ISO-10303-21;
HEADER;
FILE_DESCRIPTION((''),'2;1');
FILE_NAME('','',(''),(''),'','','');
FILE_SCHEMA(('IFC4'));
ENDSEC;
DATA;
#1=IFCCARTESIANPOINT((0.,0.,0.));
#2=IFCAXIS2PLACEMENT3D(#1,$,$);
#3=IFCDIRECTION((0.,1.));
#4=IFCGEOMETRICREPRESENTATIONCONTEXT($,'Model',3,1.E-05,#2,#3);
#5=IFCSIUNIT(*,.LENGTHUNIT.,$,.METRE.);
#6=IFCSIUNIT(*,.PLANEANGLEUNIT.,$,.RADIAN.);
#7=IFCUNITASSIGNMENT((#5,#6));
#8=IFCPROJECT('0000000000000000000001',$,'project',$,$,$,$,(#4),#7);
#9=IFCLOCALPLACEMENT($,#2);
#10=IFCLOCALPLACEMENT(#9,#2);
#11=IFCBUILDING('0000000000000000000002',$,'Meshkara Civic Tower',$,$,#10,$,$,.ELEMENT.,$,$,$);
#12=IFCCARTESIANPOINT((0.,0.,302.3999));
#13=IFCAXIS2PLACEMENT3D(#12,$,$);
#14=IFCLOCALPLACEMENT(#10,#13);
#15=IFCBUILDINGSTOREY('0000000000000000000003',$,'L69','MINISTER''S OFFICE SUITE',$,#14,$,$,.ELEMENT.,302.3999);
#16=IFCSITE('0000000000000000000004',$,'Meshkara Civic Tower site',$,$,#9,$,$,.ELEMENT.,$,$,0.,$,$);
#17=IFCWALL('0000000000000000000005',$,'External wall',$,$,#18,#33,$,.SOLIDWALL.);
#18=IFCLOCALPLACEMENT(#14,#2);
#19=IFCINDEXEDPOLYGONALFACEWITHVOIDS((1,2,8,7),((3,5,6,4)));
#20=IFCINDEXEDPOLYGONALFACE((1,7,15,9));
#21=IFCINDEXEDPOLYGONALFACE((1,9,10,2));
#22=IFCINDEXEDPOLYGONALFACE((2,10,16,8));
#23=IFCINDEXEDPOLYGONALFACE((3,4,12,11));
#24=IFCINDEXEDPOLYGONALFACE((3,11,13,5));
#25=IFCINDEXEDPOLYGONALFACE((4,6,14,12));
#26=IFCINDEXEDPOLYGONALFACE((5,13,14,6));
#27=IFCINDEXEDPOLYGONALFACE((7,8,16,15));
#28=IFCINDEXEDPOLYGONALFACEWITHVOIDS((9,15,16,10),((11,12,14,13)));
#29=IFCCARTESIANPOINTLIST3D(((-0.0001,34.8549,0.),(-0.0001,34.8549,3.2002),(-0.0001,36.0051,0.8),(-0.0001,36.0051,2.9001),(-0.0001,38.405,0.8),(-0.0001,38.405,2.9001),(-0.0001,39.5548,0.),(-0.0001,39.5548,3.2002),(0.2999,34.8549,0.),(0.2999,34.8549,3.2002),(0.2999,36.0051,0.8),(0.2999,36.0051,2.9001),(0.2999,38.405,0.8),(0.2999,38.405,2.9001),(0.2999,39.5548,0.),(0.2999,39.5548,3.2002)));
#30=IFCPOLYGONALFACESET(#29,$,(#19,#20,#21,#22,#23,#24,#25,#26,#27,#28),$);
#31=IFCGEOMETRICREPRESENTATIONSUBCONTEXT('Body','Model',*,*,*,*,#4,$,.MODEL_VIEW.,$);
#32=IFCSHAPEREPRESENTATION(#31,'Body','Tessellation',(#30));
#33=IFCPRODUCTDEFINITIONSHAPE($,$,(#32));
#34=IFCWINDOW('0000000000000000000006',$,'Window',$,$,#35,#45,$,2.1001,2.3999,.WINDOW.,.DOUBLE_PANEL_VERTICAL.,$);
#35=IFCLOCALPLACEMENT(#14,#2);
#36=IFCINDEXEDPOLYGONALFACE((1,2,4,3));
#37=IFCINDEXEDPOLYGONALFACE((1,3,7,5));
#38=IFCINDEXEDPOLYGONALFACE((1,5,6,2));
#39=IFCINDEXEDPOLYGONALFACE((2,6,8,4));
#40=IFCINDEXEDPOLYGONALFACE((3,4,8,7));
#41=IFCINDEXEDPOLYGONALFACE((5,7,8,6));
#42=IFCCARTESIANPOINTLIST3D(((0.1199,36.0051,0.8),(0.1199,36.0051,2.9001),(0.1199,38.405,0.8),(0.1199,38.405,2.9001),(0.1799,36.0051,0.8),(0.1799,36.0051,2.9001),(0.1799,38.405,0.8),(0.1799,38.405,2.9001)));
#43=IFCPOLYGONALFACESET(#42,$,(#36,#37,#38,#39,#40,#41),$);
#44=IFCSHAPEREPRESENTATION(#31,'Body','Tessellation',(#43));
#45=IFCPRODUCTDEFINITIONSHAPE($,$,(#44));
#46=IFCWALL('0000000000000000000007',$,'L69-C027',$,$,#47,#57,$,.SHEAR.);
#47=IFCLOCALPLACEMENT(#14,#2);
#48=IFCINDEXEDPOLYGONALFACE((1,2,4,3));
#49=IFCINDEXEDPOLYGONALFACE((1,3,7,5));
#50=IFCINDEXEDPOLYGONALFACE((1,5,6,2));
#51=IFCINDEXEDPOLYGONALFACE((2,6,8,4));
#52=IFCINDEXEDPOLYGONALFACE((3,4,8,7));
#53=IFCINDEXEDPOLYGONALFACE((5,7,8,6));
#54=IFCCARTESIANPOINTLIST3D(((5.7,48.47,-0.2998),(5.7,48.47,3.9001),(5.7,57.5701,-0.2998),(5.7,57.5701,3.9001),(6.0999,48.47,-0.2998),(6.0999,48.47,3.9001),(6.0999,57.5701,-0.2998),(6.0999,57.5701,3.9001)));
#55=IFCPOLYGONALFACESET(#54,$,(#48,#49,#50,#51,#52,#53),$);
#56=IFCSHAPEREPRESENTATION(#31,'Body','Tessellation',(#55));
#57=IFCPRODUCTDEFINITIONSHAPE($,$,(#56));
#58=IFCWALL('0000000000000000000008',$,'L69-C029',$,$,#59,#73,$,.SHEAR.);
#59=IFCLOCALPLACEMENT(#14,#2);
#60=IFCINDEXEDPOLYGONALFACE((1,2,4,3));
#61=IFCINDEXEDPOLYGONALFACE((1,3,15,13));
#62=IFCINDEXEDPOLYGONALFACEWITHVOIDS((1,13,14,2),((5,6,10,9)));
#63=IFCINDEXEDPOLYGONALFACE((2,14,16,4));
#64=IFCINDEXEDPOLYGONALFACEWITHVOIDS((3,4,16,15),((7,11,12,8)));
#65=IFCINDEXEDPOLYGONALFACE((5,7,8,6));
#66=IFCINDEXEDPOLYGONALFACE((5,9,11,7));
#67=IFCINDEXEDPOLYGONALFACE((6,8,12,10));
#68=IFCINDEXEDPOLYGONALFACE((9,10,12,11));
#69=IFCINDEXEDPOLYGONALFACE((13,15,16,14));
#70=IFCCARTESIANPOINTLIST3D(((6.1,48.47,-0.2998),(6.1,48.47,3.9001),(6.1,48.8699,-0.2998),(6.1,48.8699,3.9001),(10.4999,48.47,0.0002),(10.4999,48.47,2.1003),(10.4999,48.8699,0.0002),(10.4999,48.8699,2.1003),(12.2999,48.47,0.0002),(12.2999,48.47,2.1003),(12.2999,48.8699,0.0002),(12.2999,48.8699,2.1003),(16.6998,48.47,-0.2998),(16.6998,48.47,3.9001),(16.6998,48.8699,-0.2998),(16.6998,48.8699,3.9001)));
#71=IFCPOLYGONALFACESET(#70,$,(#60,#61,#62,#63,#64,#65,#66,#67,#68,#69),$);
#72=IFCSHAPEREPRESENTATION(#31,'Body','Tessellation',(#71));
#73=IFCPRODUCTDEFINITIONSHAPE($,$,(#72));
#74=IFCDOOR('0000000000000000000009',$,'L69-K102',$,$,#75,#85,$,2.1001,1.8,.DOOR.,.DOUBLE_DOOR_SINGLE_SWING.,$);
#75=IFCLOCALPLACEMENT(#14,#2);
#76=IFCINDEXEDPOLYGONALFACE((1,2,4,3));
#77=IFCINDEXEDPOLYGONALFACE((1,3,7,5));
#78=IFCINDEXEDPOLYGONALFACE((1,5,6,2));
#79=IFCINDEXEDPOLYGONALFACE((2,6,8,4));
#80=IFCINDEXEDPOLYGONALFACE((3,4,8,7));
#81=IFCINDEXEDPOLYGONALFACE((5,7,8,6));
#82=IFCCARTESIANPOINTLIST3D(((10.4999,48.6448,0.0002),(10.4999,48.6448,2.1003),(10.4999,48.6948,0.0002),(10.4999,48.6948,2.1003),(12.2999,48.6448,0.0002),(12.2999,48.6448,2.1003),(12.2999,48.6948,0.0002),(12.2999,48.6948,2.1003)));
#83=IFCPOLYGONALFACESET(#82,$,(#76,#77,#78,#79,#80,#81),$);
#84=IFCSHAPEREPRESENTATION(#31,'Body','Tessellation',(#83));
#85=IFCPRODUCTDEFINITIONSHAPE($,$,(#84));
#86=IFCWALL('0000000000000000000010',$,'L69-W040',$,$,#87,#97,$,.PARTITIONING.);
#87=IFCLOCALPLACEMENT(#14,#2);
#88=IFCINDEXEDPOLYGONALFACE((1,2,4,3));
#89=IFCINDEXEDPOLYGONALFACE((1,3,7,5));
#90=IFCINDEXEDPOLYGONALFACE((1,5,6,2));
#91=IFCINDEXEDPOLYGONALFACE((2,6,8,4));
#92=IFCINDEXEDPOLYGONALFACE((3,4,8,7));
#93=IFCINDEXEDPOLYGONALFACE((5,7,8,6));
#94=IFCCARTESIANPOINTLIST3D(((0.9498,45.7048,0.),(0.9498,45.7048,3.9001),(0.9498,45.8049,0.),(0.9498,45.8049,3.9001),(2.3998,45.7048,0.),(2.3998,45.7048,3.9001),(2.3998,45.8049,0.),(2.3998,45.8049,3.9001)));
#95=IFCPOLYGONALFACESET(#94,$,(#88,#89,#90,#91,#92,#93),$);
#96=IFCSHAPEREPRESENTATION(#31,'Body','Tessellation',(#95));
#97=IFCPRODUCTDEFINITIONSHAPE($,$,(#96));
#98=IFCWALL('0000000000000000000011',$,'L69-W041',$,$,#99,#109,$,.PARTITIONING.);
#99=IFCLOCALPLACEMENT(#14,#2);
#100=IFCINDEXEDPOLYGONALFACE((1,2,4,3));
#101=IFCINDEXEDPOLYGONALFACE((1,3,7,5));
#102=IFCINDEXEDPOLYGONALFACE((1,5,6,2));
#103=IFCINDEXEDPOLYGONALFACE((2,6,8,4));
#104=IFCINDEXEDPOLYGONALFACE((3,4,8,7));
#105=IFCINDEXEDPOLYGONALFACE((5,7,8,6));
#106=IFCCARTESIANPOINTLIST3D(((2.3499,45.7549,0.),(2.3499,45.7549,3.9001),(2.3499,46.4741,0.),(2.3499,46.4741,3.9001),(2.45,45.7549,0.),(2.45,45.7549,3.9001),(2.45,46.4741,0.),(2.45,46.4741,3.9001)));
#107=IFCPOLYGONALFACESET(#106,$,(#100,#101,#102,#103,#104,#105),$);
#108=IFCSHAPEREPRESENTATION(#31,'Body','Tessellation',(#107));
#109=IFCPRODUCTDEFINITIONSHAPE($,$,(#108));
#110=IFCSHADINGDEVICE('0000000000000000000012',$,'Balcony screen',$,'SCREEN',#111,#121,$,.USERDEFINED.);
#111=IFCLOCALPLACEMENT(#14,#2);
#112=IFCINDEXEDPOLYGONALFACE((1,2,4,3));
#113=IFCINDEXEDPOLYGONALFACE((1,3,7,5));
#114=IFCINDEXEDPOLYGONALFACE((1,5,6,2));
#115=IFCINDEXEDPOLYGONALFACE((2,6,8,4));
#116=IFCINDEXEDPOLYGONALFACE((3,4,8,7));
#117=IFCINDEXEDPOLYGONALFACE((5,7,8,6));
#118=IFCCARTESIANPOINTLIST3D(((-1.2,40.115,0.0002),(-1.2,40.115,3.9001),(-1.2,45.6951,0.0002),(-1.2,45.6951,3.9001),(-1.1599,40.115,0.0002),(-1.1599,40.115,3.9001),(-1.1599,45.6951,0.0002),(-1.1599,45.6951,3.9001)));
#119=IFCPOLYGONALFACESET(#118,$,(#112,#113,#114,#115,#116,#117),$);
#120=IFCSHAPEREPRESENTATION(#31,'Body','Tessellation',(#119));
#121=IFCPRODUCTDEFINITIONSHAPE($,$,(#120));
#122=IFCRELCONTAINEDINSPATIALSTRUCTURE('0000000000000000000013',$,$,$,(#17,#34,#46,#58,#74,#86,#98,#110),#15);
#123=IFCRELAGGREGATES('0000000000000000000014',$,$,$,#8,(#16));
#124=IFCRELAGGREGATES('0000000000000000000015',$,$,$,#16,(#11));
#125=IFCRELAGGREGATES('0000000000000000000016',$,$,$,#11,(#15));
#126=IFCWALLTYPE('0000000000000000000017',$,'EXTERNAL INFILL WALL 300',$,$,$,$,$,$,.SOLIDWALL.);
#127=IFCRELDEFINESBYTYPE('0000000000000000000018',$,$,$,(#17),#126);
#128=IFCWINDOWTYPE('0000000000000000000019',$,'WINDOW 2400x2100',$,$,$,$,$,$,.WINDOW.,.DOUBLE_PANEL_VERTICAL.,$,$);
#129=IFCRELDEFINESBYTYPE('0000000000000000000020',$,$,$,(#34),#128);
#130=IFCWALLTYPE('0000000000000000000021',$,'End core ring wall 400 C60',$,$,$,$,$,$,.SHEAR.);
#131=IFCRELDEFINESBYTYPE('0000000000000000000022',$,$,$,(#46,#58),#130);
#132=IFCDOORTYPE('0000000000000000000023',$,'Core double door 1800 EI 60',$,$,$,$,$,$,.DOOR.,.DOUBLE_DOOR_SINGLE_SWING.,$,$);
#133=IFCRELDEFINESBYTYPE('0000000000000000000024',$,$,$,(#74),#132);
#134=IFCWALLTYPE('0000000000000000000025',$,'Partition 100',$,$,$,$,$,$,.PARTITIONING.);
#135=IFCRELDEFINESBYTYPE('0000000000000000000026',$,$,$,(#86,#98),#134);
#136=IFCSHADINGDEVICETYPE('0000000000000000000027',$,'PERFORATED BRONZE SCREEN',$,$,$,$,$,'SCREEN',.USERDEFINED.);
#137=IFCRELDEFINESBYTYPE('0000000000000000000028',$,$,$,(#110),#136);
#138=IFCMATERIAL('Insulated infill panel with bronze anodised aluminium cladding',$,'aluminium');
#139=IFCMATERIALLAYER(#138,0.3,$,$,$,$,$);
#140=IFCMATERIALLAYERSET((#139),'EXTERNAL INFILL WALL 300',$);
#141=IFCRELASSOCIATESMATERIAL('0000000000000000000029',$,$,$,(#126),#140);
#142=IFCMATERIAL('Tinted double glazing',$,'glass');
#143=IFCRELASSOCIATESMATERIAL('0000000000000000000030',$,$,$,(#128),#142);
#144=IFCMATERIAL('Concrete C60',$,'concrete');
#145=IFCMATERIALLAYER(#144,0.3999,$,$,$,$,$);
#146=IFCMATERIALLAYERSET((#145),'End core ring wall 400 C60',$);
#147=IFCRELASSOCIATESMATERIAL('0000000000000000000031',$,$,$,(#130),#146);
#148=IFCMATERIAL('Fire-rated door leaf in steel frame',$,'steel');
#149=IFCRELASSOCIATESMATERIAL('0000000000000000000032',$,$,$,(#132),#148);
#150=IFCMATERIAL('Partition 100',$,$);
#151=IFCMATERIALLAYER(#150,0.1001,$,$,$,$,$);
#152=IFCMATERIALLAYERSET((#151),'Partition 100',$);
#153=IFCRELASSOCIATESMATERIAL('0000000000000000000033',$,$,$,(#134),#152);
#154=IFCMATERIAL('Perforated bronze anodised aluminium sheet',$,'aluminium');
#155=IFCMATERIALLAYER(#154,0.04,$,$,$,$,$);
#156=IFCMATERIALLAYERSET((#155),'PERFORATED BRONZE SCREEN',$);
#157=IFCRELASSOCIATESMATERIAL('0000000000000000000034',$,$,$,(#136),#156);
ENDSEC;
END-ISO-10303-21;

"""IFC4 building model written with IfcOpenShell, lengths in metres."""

from ifc_helpers import new_model, si_unit, direction, frame, frame_2d, origin, origin_2d, place, context, subcontext, project, spatial, rectangle, extrude, material, layer, layer_set, type_object, element, fill, save


model = new_model("IFC4")

# Units and contexts
model_context = context("Model", 3, precision=1e-05, world=origin(), true_north=direction((0.0, 1.0)))
body_context = subcontext(model_context, "Body", "Model", "MODEL_VIEW")
ifc_project = project(units=[si_unit("LENGTHUNIT", "METRE"), si_unit("PLANEANGLEUNIT", "RADIAN")], contexts=[model_context])

# Site, building, storey
site_placement = place(None, origin())
site = spatial("IfcSite", under=ifc_project, at=site_placement, Name="Meshkara Civic Tower site", CompositionType="ELEMENT", RefElevation=0.0)
building_placement = place(site_placement, origin())
building = spatial("IfcBuilding", under=site, at=building_placement, Name="Meshkara Civic Tower", CompositionType="ELEMENT")
storey_placement = place(building_placement, frame((0.0, 0.0, 302.3999)))
storey = spatial("IfcBuildingStorey", under=building, at=storey_placement, Name="L69", Description="MINISTER'S OFFICE SUITE", CompositionType="ELEMENT", Elevation=302.3999)

# Wall, opening, window
ifc_material_1 = material(Name="Insulated infill panel with bronze anodised aluminium cladding", Category="aluminium")
ifc_layer_1 = layer(ifc_material_1, 0.3)
ifc_layer_set_1 = layer_set([ifc_layer_1], Name="EXTERNAL INFILL WALL 300")
wall_type_1 = type_object("IfcWallType", Name="EXTERNAL INFILL WALL 300", PredefinedType="SOLIDWALL", material=ifc_layer_set_1)
wall_1_placement = place(storey_placement, frame((0.1499, 39.5549, 0.0), z_axis=(0.0, 0.0, 1.0), x_axis=(0.0, -1.0, 0.0)))
wall_1 = element("IfcWall", 1, at=wall_1_placement, inside=storey, type_object=wall_type_1, Name="External wall", PredefinedType="SOLIDWALL", context=body_context, shape_type="SweptSolid", body=[
    extrude(rectangle(XDim=4.7, YDim=0.3, at=frame_2d((2.3501, 0.0))), origin(), (0.0, 0.0, 1.0), 3.2002),
])
opening_1_placement = place(wall_1_placement, frame((1.1499, 0.0, 0.8)))
opening_1 = element("IfcOpeningElement", 2, at=opening_1_placement, cuts=wall_1, PredefinedType="OPENING", context=body_context, shape_type="SweptSolid", body=[
    extrude(rectangle(XDim=2.3999, YDim=2.1001, at=frame_2d((1.2, 1.05))), frame((0.0, 0.1599, 0.0), z_axis=(0.0, -1.0, 0.0), x_axis=(1.0, 0.0, 0.0)), (0.0, 0.0, 1.0), 0.3201),
])
ifc_material_2 = material(Name="Tinted double glazing", Category="glass")
window_type = type_object("IfcWindowType", Name="WINDOW 2400x2100", PartitioningType="DOUBLE_PANEL_VERTICAL", PredefinedType="WINDOW", material=ifc_material_2)
window_placement = place(opening_1_placement, origin())
window = element("IfcWindow", 3, at=window_placement, inside=storey, type_object=window_type, Name="Window", OverallHeight=2.1001, OverallWidth=2.3999, PartitioningType="DOUBLE_PANEL_VERTICAL", PredefinedType="WINDOW", context=body_context, shape_type="SweptSolid", body=[
    extrude(rectangle(XDim=2.3999, YDim=2.1001, at=frame_2d((1.2, 1.05))), frame((0.0, 0.03, 0.0), z_axis=(0.0, -1.0, 0.0), x_axis=(1.0, 0.0, 0.0)), (0.0, 0.0, 1.0), 0.0601),
])
fill(opening_1, window)

# Wall
ifc_material_3 = material(Name="Concrete C60", Category="concrete")
ifc_layer_2 = layer(ifc_material_3, 0.3999)
ifc_layer_set_2 = layer_set([ifc_layer_2], Name="End core ring wall 400 C60")
wall_type_2 = type_object("IfcWallType", Name="End core ring wall 400 C60", PredefinedType="SHEAR", material=ifc_layer_set_2)
wall_2_placement = place(storey_placement, frame((5.8999, 48.47, -0.2998), z_axis=(0.0, 0.0, 1.0), x_axis=(0.0, 1.0, 0.0)))
element("IfcWall", 4, at=wall_2_placement, inside=storey, type_object=wall_type_2, Name="L69-C027", PredefinedType="SHEAR", context=body_context, shape_type="SweptSolid", body=[
    extrude(rectangle(XDim=9.1001, YDim=0.3999, at=frame_2d((4.55, 0.0))), origin(), (0.0, 0.0, 1.0), 4.2),
])

# Wall, opening, door
wall_3_placement = place(storey_placement, frame((6.1001, 48.6699, -0.2998), z_axis=(0.0, 0.0, 1.0), x_axis=(1.0, 0.0, 0.0)))
wall_3 = element("IfcWall", 5, at=wall_3_placement, inside=storey, type_object=wall_type_2, Name="L69-C029", PredefinedType="SHEAR", context=body_context, shape_type="SweptSolid", body=[
    extrude(rectangle(XDim=10.5999, YDim=0.3999, at=frame_2d((5.2998, 0.0))), origin(), (0.0, 0.0, 1.0), 4.2),
])
opening_2_placement = place(wall_3_placement, frame((4.3999, 0.0, 0.3)))
opening_2 = element("IfcOpeningElement", 6, at=opening_2_placement, cuts=wall_3, PredefinedType="OPENING", context=body_context, shape_type="SweptSolid", body=[
    extrude(rectangle(XDim=1.8, YDim=2.1001, at=frame_2d((0.8999, 1.05))), frame((0.0, 0.21, 0.0), z_axis=(0.0, -1.0, 0.0), x_axis=(1.0, 0.0, 0.0)), (0.0, 0.0, 1.0), 0.4199),
])
ifc_material_4 = material(Name="Fire-rated door leaf in steel frame", Category="steel")
door_type_1 = type_object("IfcDoorType", Name="Core double door 1800 EI 60", OperationType="DOUBLE_DOOR_SINGLE_SWING", PredefinedType="DOOR", material=ifc_material_4)
door_1_placement = place(opening_2_placement, origin())
door_1 = element("IfcDoor", 7, at=door_1_placement, inside=storey, type_object=door_type_1, Name="L69-K102", OperationType="DOUBLE_DOOR_SINGLE_SWING", OverallHeight=2.1001, OverallWidth=1.8, PredefinedType="DOOR", context=body_context, shape_type="SweptSolid", body=[
    extrude(rectangle(XDim=1.8, YDim=2.1001, at=frame_2d((0.8999, 1.05))), frame((0.0, 0.0249, 0.0), z_axis=(0.0, -1.0, 0.0), x_axis=(1.0, 0.0, 0.0)), (0.0, 0.0, 1.0), 0.05),
])
fill(opening_2, door_1)

# Walls
ifc_material_5 = material(Name="Partition 100")
ifc_layer_3 = layer(ifc_material_5, 0.1001)
ifc_layer_set_3 = layer_set([ifc_layer_3], Name="Partition 100")
wall_type_3 = type_object("IfcWallType", Name="Partition 100", PredefinedType="PARTITIONING", material=ifc_layer_set_3)
wall_4_placement = place(storey_placement, frame((2.3999, 45.7549, 0.0), z_axis=(0.0, 0.0, 1.0), x_axis=(-1.0, 0.0, 0.0)))
element("IfcWall", 8, at=wall_4_placement, inside=storey, type_object=wall_type_3, Name="L69-W040", PredefinedType="PARTITIONING", context=body_context, shape_type="SweptSolid", body=[
    extrude(rectangle(XDim=1.45, YDim=0.1001, at=frame_2d((0.7251, 0.0))), origin(), (0.0, 0.0, 1.0), 3.9001),
])
wall_5_placement = place(storey_placement, frame((2.3999, 46.4741, 0.0), z_axis=(0.0, 0.0, 1.0), x_axis=(0.0, -1.0, 0.0)))
element("IfcWall", 9, at=wall_5_placement, inside=storey, type_object=wall_type_3, Name="L69-W041", PredefinedType="PARTITIONING", context=body_context, shape_type="SweptSolid", body=[
    extrude(rectangle(XDim=0.7192, YDim=0.1001, at=frame_2d((0.3596, 0.0))), origin(), (0.0, 0.0, 1.0), 3.9001),
])

# Shading device
ifc_material_6 = material(Name="Perforated bronze anodised aluminium sheet", Category="aluminium")
ifc_layer_4 = layer(ifc_material_6, 0.04)
ifc_layer_set_4 = layer_set([ifc_layer_4], Name="PERFORATED BRONZE SCREEN")
shading_device_type = type_object("IfcShadingDeviceType", Name="PERFORATED BRONZE SCREEN", ElementType="SCREEN", PredefinedType="USERDEFINED", material=ifc_layer_set_4)
shading_device_placement = place(storey_placement, frame((-1.1799, 42.905, 0.0002), z_axis=(0.0, 0.0, 1.0), x_axis=(0.0, -1.0, 0.0)))
element("IfcShadingDevice", 10, at=shading_device_placement, inside=storey, type_object=shading_device_type, Name="Balcony screen", ObjectType="SCREEN", PredefinedType="USERDEFINED", context=body_context, shape_type="SweptSolid", body=[
    extrude(rectangle(XDim=5.5801, YDim=0.04, at=origin_2d()), origin(), (0.0, 0.0, 1.0), 3.8999),
])

save(model, "model.ifc")
